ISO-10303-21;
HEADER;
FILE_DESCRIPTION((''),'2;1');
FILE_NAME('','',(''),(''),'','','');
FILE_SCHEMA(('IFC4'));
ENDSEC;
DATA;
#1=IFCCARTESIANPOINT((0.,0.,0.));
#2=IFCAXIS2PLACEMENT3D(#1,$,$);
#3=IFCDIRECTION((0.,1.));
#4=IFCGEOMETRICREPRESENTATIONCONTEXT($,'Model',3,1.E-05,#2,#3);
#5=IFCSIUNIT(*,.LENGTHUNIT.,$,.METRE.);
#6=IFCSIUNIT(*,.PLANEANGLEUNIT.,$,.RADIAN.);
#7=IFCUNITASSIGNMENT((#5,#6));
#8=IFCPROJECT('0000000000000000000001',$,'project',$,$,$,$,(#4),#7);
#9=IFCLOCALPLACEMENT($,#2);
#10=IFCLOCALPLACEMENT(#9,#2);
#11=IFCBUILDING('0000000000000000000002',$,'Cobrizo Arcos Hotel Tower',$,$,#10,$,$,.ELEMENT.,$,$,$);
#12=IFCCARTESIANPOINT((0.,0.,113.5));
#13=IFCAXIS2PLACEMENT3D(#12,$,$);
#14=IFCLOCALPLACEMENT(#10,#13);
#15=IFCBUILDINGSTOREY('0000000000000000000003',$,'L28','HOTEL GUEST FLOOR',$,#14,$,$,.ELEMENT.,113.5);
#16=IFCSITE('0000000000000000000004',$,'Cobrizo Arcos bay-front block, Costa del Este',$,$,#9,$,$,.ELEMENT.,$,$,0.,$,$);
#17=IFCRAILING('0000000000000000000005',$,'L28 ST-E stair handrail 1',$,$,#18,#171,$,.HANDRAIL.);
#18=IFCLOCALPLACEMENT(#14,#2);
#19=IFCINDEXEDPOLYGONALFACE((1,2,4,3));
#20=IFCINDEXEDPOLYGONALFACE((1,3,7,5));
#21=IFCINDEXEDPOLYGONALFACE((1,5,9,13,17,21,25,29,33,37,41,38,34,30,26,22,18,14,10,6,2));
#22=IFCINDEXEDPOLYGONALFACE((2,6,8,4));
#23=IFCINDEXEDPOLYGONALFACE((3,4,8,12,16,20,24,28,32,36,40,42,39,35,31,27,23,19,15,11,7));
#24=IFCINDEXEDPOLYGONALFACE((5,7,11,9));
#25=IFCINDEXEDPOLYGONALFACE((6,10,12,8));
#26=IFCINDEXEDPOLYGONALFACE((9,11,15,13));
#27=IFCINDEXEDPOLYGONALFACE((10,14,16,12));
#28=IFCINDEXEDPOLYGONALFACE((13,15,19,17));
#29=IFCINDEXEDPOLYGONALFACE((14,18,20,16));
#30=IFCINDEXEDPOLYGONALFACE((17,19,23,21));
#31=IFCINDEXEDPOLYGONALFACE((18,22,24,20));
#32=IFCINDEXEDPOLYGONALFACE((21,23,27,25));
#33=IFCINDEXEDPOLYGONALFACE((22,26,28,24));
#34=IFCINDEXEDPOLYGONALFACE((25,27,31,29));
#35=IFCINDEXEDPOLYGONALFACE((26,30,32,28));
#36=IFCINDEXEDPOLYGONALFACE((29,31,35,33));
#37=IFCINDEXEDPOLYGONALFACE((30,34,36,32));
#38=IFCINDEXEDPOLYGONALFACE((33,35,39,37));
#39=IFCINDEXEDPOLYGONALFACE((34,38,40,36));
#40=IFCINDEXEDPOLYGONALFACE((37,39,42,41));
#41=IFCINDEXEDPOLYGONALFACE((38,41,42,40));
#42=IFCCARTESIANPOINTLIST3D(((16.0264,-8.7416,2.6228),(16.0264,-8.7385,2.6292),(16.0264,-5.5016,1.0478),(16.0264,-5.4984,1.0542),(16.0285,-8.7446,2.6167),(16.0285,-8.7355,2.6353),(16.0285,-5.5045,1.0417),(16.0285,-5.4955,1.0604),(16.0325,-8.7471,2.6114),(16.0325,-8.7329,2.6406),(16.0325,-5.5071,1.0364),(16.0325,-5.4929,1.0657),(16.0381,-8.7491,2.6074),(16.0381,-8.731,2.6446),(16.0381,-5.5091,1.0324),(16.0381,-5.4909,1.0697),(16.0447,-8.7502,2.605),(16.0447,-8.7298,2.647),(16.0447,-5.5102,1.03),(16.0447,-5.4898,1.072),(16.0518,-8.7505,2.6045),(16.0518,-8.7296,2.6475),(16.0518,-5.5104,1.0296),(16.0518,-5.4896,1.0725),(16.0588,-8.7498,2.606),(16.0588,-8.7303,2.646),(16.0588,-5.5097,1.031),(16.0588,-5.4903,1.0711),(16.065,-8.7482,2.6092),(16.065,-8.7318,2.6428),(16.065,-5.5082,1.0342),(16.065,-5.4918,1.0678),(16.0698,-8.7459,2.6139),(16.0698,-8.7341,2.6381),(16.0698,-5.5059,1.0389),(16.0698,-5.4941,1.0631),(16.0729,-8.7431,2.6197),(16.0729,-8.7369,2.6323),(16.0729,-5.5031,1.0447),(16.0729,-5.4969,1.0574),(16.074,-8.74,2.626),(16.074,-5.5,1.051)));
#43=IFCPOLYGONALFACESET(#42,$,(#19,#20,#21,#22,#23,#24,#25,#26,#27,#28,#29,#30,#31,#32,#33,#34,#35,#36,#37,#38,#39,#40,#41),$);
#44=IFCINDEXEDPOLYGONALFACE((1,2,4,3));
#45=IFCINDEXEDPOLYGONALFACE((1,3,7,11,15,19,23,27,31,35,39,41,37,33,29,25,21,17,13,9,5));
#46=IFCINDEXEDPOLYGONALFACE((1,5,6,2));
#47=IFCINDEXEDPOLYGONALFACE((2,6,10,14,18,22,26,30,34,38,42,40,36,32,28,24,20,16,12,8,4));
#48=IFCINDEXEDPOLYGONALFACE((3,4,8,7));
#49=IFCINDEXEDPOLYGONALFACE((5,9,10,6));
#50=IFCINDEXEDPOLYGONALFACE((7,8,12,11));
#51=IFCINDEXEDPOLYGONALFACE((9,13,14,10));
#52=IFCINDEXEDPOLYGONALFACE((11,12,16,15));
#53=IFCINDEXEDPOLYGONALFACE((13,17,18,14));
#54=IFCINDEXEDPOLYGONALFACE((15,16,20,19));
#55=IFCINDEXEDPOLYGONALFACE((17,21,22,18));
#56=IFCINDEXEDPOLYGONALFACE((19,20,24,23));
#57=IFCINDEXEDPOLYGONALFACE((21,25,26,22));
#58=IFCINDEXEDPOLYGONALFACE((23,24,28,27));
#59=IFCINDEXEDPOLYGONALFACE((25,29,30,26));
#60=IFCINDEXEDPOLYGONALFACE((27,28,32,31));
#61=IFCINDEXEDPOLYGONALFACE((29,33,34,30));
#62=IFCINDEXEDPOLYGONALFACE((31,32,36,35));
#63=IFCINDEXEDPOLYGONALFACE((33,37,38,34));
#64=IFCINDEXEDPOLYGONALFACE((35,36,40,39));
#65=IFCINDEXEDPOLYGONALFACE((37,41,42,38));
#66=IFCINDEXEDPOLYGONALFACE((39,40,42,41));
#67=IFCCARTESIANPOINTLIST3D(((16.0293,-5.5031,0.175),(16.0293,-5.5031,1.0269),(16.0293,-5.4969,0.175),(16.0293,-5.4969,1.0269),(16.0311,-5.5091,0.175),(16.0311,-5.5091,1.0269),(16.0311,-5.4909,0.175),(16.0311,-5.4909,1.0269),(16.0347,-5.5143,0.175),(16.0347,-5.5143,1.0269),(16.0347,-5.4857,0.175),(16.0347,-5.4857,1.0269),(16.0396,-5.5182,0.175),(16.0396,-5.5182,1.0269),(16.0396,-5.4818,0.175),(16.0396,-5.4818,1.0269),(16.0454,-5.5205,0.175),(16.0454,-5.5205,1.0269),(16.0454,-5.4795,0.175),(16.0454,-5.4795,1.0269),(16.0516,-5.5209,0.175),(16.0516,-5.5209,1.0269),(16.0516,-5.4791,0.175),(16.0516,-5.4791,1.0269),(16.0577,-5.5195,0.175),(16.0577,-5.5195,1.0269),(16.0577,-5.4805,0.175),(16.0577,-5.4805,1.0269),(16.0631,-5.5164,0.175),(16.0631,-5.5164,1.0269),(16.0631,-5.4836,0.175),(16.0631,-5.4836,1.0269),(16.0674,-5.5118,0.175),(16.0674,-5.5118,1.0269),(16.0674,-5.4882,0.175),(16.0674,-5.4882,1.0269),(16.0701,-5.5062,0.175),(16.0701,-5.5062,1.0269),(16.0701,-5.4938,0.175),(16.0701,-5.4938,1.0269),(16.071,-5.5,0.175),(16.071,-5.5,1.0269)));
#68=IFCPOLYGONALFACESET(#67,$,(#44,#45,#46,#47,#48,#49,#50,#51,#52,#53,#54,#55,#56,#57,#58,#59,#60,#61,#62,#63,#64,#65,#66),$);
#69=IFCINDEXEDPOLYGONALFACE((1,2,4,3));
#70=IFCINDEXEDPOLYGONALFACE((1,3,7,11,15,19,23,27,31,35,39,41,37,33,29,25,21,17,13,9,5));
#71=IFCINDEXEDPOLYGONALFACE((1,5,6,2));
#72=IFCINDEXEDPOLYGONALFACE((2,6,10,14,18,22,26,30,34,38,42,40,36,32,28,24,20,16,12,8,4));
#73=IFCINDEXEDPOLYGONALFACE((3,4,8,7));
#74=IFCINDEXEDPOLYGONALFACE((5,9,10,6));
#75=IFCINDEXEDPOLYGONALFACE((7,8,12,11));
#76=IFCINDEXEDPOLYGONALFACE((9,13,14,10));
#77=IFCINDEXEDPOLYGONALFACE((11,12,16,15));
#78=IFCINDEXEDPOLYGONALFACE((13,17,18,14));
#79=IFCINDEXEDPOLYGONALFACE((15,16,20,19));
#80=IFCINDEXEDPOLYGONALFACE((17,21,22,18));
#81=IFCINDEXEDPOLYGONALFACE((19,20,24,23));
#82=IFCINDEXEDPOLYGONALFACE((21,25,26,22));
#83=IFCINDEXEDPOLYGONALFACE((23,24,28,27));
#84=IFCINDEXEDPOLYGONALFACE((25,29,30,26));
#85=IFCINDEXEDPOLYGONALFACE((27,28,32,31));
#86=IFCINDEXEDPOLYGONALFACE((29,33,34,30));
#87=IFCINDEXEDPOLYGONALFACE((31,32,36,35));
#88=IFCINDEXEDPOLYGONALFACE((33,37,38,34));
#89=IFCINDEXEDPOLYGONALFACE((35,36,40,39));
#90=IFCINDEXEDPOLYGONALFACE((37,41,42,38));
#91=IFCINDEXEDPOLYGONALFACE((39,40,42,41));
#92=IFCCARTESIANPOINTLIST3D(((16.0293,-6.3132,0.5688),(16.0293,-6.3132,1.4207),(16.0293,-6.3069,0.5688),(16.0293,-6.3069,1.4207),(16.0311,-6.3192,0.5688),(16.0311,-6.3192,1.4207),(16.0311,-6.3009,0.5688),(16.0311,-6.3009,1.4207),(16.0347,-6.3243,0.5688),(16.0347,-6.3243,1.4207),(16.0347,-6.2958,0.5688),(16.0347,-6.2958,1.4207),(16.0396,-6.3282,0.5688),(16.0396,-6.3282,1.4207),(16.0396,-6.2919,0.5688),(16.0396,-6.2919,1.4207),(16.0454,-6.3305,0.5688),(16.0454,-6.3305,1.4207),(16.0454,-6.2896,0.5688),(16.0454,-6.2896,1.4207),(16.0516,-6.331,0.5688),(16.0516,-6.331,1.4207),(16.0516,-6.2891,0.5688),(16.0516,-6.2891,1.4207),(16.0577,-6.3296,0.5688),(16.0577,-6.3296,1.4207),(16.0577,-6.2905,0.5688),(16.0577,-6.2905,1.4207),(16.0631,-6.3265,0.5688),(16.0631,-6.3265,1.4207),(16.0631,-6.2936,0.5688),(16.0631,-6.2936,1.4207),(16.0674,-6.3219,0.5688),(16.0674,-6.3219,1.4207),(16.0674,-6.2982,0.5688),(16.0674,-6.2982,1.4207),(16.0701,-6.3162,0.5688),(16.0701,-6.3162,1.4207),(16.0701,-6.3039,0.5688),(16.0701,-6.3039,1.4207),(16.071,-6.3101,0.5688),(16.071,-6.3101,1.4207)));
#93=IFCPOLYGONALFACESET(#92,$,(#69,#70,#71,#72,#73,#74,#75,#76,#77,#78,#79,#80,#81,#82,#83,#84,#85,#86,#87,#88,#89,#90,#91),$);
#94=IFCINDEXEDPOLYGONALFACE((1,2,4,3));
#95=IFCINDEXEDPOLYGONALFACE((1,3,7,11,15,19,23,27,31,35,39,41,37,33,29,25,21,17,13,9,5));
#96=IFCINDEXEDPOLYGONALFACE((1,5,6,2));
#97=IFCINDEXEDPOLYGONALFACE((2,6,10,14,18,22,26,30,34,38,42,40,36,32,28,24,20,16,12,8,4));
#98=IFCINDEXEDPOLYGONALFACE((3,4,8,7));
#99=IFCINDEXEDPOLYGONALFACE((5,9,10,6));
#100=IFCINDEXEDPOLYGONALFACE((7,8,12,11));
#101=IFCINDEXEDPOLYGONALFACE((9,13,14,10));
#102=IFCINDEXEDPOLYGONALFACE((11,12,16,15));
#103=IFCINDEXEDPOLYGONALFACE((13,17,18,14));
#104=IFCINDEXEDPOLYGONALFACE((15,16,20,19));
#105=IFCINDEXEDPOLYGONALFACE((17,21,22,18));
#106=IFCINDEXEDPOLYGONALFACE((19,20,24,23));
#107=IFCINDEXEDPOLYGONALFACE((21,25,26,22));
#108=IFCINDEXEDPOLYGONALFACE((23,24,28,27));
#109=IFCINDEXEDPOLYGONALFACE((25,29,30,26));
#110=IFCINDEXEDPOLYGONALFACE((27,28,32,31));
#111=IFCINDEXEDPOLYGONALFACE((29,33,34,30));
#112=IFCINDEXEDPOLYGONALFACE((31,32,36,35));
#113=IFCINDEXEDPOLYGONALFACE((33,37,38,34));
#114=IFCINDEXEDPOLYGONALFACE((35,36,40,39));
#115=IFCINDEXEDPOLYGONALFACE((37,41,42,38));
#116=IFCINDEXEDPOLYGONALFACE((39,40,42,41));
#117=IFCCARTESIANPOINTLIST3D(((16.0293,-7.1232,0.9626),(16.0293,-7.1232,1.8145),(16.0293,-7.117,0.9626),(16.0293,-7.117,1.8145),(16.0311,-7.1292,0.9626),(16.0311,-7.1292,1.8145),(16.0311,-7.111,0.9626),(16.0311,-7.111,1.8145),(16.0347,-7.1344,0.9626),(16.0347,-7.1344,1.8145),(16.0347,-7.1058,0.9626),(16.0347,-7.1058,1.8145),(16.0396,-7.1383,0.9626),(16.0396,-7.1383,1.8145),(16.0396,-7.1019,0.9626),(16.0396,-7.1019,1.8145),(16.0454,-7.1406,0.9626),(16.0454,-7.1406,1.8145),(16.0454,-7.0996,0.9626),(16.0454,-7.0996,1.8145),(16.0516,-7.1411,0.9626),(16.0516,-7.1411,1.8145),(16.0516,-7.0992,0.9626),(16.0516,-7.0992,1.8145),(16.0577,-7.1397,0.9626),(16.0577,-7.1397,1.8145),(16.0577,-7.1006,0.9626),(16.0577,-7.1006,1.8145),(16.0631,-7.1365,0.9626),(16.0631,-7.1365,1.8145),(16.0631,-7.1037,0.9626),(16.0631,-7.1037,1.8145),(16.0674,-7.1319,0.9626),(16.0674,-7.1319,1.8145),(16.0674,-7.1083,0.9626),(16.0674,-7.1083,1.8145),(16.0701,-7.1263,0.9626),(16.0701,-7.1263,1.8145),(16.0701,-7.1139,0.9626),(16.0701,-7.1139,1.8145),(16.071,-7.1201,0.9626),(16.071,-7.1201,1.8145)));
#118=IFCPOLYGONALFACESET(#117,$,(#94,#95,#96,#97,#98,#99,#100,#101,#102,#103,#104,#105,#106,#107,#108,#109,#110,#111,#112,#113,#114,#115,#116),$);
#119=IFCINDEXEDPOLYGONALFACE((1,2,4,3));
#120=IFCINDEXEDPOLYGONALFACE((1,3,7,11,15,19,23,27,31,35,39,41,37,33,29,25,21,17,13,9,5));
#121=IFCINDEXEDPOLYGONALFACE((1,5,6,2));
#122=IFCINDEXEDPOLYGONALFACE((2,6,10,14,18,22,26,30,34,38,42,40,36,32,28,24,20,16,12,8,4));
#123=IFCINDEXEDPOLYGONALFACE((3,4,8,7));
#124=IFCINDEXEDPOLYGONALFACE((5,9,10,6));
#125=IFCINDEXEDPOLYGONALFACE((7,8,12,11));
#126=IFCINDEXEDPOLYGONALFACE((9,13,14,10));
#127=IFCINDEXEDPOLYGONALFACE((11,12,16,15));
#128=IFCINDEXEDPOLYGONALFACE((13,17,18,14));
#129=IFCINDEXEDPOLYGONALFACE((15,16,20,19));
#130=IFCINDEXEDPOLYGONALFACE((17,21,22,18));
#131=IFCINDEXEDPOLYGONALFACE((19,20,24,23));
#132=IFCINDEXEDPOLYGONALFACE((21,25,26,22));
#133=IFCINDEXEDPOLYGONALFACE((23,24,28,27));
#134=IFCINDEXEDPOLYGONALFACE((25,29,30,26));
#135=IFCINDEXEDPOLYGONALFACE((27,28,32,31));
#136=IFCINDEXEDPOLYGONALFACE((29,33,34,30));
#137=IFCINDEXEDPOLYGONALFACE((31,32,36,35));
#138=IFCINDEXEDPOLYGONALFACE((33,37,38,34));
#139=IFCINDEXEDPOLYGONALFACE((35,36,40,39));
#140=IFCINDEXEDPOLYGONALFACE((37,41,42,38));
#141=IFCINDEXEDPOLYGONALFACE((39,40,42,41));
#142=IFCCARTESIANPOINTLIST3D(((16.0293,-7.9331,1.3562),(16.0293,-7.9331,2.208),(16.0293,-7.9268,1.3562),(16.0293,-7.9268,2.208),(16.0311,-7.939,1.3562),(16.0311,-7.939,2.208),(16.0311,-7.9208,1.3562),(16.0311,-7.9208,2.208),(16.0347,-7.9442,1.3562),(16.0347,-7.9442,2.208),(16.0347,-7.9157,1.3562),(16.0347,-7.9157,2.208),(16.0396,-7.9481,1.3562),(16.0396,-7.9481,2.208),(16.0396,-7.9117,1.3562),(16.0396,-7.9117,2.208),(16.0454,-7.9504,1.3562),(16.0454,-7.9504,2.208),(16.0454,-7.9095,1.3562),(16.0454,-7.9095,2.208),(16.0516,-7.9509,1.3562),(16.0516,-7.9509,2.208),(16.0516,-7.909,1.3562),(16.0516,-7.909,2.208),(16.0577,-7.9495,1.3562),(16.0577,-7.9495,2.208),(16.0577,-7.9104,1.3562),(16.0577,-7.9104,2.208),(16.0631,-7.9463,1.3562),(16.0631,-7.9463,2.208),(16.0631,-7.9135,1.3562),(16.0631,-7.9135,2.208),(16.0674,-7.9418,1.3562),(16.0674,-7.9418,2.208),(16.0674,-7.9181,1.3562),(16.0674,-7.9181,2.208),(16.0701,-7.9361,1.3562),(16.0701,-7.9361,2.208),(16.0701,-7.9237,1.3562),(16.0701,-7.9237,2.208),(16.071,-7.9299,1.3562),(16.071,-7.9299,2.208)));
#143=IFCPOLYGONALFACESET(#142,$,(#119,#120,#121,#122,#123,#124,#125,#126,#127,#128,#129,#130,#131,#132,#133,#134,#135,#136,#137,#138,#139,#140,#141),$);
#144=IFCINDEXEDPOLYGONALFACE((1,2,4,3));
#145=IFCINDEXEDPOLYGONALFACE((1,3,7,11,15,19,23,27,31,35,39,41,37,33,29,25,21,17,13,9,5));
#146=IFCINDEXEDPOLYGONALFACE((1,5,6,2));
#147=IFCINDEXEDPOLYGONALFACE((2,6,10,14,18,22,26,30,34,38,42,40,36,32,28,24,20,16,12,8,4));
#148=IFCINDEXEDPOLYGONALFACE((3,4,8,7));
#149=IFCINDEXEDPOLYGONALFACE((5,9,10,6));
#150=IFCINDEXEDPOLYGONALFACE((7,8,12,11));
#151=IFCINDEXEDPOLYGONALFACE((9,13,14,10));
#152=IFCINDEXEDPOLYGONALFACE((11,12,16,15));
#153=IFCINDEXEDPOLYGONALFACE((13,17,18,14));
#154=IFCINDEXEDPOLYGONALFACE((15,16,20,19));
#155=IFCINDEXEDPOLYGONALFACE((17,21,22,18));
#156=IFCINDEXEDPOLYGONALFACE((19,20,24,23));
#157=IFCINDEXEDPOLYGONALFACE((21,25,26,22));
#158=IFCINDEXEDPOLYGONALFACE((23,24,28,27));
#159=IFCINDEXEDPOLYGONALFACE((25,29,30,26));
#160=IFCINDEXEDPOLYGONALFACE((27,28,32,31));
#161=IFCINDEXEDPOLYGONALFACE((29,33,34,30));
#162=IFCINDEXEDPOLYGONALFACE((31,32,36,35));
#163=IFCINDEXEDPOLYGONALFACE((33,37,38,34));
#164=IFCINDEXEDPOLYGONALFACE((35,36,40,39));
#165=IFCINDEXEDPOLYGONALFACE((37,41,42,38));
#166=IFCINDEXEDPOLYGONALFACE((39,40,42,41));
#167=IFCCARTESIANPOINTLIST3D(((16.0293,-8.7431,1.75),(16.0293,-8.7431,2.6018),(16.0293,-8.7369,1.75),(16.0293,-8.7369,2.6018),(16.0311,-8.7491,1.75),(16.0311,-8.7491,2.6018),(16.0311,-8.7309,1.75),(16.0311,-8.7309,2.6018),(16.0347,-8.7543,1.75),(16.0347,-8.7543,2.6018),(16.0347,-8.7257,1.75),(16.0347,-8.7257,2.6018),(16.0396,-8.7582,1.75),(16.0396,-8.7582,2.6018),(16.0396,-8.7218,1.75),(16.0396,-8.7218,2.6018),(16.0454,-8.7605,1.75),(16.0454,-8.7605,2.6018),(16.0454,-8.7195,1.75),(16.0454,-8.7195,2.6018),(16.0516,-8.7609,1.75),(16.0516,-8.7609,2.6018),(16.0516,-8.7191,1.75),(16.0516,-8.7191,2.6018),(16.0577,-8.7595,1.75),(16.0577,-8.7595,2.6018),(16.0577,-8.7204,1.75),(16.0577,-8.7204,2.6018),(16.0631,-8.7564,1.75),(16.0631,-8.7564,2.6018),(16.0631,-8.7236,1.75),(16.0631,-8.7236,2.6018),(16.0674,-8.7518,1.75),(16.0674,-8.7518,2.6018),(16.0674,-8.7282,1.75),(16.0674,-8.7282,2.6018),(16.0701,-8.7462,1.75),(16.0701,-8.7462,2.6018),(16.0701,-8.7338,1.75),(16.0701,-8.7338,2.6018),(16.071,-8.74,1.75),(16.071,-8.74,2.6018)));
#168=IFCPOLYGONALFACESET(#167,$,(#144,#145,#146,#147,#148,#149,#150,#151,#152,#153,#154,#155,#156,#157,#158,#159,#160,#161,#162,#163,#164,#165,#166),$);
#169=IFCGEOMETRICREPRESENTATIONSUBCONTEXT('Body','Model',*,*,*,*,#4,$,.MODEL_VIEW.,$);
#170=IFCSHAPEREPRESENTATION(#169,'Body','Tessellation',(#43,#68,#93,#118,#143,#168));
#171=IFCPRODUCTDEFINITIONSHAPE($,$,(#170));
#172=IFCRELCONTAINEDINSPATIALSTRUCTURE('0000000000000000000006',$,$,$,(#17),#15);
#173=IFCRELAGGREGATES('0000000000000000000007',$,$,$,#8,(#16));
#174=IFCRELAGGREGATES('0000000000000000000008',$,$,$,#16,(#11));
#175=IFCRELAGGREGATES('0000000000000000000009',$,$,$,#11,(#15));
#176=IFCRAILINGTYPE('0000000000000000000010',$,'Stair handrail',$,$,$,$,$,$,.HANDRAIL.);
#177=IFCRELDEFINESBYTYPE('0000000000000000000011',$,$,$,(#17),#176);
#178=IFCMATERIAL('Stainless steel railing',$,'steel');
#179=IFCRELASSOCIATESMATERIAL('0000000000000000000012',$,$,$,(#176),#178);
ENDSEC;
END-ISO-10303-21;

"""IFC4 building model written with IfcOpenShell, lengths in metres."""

from ifc_helpers import new_model, si_unit, direction, frame, origin, origin_2d, place, context, subcontext, project, spatial, circle, extrude, material, type_object, element, save


model = new_model("IFC4")

# Units and contexts
model_context = context("Model", 3, precision=1e-05, world=origin(), true_north=direction((0.0, 1.0)))
body_context = subcontext(model_context, "Body", "Model", "MODEL_VIEW")
ifc_project = project(units=[si_unit("LENGTHUNIT", "METRE"), si_unit("PLANEANGLEUNIT", "RADIAN")], contexts=[model_context])

# Site, building, storey
site_placement = place(None, origin())
site = spatial("IfcSite", under=ifc_project, at=site_placement, Name="Cobrizo Arcos bay-front block, Costa del Este", CompositionType="ELEMENT", RefElevation=0.0)
building_placement = place(site_placement, origin())
building = spatial("IfcBuilding", under=site, at=building_placement, Name="Cobrizo Arcos Hotel Tower", CompositionType="ELEMENT")
storey_placement = place(building_placement, frame((0.0, 0.0, 113.5)))
storey = spatial("IfcBuildingStorey", under=building, at=storey_placement, Name="L28", Description="HOTEL GUEST FLOOR", CompositionType="ELEMENT", Elevation=113.5)

# Railing
ifc_material_1 = material(Name="Stainless steel railing", Category="steel")
railing_type = type_object("IfcRailingType", Name="Stair handrail", PredefinedType="HANDRAIL", material=ifc_material_1)
railing_placement = place(storey_placement, frame((16.05, -5.5, 0.175)))
element("IfcRailing", 1, at=railing_placement, inside=storey, type_object=railing_type, Name="L28 ST-E stair handrail 1", PredefinedType="HANDRAIL", context=body_context, shape_type="SweptSolid", body=[
    extrude(circle(Radius=0.0239, at=origin_2d()), frame((0.0, 0.0, 0.876), z_axis=(0.0, -0.899373, 0.437183), x_axis=(1.0, 0.0, 0.0)), (0.0, 0.0, 1.0), 3.6025),
    extrude(circle(Radius=0.021, at=origin_2d()), origin(), (0.0, 0.0, 1.0), 0.8518),
    extrude(circle(Radius=0.021, at=origin_2d()), frame((0.0, -0.8101, 0.3938)), (0.0, 0.0, 1.0), 0.8518),
    extrude(circle(Radius=0.021, at=origin_2d()), frame((0.0, -1.6201, 0.7876)), (0.0, 0.0, 1.0), 0.8518),
    extrude(circle(Radius=0.021, at=origin_2d()), frame((0.0, -2.4299, 1.1812)), (0.0, 0.0, 1.0), 0.8518),
    extrude(circle(Radius=0.021, at=origin_2d()), frame((0.0, -3.24, 1.575)), (0.0, 0.0, 1.0), 0.8518),
])

save(model, "model.ifc")
